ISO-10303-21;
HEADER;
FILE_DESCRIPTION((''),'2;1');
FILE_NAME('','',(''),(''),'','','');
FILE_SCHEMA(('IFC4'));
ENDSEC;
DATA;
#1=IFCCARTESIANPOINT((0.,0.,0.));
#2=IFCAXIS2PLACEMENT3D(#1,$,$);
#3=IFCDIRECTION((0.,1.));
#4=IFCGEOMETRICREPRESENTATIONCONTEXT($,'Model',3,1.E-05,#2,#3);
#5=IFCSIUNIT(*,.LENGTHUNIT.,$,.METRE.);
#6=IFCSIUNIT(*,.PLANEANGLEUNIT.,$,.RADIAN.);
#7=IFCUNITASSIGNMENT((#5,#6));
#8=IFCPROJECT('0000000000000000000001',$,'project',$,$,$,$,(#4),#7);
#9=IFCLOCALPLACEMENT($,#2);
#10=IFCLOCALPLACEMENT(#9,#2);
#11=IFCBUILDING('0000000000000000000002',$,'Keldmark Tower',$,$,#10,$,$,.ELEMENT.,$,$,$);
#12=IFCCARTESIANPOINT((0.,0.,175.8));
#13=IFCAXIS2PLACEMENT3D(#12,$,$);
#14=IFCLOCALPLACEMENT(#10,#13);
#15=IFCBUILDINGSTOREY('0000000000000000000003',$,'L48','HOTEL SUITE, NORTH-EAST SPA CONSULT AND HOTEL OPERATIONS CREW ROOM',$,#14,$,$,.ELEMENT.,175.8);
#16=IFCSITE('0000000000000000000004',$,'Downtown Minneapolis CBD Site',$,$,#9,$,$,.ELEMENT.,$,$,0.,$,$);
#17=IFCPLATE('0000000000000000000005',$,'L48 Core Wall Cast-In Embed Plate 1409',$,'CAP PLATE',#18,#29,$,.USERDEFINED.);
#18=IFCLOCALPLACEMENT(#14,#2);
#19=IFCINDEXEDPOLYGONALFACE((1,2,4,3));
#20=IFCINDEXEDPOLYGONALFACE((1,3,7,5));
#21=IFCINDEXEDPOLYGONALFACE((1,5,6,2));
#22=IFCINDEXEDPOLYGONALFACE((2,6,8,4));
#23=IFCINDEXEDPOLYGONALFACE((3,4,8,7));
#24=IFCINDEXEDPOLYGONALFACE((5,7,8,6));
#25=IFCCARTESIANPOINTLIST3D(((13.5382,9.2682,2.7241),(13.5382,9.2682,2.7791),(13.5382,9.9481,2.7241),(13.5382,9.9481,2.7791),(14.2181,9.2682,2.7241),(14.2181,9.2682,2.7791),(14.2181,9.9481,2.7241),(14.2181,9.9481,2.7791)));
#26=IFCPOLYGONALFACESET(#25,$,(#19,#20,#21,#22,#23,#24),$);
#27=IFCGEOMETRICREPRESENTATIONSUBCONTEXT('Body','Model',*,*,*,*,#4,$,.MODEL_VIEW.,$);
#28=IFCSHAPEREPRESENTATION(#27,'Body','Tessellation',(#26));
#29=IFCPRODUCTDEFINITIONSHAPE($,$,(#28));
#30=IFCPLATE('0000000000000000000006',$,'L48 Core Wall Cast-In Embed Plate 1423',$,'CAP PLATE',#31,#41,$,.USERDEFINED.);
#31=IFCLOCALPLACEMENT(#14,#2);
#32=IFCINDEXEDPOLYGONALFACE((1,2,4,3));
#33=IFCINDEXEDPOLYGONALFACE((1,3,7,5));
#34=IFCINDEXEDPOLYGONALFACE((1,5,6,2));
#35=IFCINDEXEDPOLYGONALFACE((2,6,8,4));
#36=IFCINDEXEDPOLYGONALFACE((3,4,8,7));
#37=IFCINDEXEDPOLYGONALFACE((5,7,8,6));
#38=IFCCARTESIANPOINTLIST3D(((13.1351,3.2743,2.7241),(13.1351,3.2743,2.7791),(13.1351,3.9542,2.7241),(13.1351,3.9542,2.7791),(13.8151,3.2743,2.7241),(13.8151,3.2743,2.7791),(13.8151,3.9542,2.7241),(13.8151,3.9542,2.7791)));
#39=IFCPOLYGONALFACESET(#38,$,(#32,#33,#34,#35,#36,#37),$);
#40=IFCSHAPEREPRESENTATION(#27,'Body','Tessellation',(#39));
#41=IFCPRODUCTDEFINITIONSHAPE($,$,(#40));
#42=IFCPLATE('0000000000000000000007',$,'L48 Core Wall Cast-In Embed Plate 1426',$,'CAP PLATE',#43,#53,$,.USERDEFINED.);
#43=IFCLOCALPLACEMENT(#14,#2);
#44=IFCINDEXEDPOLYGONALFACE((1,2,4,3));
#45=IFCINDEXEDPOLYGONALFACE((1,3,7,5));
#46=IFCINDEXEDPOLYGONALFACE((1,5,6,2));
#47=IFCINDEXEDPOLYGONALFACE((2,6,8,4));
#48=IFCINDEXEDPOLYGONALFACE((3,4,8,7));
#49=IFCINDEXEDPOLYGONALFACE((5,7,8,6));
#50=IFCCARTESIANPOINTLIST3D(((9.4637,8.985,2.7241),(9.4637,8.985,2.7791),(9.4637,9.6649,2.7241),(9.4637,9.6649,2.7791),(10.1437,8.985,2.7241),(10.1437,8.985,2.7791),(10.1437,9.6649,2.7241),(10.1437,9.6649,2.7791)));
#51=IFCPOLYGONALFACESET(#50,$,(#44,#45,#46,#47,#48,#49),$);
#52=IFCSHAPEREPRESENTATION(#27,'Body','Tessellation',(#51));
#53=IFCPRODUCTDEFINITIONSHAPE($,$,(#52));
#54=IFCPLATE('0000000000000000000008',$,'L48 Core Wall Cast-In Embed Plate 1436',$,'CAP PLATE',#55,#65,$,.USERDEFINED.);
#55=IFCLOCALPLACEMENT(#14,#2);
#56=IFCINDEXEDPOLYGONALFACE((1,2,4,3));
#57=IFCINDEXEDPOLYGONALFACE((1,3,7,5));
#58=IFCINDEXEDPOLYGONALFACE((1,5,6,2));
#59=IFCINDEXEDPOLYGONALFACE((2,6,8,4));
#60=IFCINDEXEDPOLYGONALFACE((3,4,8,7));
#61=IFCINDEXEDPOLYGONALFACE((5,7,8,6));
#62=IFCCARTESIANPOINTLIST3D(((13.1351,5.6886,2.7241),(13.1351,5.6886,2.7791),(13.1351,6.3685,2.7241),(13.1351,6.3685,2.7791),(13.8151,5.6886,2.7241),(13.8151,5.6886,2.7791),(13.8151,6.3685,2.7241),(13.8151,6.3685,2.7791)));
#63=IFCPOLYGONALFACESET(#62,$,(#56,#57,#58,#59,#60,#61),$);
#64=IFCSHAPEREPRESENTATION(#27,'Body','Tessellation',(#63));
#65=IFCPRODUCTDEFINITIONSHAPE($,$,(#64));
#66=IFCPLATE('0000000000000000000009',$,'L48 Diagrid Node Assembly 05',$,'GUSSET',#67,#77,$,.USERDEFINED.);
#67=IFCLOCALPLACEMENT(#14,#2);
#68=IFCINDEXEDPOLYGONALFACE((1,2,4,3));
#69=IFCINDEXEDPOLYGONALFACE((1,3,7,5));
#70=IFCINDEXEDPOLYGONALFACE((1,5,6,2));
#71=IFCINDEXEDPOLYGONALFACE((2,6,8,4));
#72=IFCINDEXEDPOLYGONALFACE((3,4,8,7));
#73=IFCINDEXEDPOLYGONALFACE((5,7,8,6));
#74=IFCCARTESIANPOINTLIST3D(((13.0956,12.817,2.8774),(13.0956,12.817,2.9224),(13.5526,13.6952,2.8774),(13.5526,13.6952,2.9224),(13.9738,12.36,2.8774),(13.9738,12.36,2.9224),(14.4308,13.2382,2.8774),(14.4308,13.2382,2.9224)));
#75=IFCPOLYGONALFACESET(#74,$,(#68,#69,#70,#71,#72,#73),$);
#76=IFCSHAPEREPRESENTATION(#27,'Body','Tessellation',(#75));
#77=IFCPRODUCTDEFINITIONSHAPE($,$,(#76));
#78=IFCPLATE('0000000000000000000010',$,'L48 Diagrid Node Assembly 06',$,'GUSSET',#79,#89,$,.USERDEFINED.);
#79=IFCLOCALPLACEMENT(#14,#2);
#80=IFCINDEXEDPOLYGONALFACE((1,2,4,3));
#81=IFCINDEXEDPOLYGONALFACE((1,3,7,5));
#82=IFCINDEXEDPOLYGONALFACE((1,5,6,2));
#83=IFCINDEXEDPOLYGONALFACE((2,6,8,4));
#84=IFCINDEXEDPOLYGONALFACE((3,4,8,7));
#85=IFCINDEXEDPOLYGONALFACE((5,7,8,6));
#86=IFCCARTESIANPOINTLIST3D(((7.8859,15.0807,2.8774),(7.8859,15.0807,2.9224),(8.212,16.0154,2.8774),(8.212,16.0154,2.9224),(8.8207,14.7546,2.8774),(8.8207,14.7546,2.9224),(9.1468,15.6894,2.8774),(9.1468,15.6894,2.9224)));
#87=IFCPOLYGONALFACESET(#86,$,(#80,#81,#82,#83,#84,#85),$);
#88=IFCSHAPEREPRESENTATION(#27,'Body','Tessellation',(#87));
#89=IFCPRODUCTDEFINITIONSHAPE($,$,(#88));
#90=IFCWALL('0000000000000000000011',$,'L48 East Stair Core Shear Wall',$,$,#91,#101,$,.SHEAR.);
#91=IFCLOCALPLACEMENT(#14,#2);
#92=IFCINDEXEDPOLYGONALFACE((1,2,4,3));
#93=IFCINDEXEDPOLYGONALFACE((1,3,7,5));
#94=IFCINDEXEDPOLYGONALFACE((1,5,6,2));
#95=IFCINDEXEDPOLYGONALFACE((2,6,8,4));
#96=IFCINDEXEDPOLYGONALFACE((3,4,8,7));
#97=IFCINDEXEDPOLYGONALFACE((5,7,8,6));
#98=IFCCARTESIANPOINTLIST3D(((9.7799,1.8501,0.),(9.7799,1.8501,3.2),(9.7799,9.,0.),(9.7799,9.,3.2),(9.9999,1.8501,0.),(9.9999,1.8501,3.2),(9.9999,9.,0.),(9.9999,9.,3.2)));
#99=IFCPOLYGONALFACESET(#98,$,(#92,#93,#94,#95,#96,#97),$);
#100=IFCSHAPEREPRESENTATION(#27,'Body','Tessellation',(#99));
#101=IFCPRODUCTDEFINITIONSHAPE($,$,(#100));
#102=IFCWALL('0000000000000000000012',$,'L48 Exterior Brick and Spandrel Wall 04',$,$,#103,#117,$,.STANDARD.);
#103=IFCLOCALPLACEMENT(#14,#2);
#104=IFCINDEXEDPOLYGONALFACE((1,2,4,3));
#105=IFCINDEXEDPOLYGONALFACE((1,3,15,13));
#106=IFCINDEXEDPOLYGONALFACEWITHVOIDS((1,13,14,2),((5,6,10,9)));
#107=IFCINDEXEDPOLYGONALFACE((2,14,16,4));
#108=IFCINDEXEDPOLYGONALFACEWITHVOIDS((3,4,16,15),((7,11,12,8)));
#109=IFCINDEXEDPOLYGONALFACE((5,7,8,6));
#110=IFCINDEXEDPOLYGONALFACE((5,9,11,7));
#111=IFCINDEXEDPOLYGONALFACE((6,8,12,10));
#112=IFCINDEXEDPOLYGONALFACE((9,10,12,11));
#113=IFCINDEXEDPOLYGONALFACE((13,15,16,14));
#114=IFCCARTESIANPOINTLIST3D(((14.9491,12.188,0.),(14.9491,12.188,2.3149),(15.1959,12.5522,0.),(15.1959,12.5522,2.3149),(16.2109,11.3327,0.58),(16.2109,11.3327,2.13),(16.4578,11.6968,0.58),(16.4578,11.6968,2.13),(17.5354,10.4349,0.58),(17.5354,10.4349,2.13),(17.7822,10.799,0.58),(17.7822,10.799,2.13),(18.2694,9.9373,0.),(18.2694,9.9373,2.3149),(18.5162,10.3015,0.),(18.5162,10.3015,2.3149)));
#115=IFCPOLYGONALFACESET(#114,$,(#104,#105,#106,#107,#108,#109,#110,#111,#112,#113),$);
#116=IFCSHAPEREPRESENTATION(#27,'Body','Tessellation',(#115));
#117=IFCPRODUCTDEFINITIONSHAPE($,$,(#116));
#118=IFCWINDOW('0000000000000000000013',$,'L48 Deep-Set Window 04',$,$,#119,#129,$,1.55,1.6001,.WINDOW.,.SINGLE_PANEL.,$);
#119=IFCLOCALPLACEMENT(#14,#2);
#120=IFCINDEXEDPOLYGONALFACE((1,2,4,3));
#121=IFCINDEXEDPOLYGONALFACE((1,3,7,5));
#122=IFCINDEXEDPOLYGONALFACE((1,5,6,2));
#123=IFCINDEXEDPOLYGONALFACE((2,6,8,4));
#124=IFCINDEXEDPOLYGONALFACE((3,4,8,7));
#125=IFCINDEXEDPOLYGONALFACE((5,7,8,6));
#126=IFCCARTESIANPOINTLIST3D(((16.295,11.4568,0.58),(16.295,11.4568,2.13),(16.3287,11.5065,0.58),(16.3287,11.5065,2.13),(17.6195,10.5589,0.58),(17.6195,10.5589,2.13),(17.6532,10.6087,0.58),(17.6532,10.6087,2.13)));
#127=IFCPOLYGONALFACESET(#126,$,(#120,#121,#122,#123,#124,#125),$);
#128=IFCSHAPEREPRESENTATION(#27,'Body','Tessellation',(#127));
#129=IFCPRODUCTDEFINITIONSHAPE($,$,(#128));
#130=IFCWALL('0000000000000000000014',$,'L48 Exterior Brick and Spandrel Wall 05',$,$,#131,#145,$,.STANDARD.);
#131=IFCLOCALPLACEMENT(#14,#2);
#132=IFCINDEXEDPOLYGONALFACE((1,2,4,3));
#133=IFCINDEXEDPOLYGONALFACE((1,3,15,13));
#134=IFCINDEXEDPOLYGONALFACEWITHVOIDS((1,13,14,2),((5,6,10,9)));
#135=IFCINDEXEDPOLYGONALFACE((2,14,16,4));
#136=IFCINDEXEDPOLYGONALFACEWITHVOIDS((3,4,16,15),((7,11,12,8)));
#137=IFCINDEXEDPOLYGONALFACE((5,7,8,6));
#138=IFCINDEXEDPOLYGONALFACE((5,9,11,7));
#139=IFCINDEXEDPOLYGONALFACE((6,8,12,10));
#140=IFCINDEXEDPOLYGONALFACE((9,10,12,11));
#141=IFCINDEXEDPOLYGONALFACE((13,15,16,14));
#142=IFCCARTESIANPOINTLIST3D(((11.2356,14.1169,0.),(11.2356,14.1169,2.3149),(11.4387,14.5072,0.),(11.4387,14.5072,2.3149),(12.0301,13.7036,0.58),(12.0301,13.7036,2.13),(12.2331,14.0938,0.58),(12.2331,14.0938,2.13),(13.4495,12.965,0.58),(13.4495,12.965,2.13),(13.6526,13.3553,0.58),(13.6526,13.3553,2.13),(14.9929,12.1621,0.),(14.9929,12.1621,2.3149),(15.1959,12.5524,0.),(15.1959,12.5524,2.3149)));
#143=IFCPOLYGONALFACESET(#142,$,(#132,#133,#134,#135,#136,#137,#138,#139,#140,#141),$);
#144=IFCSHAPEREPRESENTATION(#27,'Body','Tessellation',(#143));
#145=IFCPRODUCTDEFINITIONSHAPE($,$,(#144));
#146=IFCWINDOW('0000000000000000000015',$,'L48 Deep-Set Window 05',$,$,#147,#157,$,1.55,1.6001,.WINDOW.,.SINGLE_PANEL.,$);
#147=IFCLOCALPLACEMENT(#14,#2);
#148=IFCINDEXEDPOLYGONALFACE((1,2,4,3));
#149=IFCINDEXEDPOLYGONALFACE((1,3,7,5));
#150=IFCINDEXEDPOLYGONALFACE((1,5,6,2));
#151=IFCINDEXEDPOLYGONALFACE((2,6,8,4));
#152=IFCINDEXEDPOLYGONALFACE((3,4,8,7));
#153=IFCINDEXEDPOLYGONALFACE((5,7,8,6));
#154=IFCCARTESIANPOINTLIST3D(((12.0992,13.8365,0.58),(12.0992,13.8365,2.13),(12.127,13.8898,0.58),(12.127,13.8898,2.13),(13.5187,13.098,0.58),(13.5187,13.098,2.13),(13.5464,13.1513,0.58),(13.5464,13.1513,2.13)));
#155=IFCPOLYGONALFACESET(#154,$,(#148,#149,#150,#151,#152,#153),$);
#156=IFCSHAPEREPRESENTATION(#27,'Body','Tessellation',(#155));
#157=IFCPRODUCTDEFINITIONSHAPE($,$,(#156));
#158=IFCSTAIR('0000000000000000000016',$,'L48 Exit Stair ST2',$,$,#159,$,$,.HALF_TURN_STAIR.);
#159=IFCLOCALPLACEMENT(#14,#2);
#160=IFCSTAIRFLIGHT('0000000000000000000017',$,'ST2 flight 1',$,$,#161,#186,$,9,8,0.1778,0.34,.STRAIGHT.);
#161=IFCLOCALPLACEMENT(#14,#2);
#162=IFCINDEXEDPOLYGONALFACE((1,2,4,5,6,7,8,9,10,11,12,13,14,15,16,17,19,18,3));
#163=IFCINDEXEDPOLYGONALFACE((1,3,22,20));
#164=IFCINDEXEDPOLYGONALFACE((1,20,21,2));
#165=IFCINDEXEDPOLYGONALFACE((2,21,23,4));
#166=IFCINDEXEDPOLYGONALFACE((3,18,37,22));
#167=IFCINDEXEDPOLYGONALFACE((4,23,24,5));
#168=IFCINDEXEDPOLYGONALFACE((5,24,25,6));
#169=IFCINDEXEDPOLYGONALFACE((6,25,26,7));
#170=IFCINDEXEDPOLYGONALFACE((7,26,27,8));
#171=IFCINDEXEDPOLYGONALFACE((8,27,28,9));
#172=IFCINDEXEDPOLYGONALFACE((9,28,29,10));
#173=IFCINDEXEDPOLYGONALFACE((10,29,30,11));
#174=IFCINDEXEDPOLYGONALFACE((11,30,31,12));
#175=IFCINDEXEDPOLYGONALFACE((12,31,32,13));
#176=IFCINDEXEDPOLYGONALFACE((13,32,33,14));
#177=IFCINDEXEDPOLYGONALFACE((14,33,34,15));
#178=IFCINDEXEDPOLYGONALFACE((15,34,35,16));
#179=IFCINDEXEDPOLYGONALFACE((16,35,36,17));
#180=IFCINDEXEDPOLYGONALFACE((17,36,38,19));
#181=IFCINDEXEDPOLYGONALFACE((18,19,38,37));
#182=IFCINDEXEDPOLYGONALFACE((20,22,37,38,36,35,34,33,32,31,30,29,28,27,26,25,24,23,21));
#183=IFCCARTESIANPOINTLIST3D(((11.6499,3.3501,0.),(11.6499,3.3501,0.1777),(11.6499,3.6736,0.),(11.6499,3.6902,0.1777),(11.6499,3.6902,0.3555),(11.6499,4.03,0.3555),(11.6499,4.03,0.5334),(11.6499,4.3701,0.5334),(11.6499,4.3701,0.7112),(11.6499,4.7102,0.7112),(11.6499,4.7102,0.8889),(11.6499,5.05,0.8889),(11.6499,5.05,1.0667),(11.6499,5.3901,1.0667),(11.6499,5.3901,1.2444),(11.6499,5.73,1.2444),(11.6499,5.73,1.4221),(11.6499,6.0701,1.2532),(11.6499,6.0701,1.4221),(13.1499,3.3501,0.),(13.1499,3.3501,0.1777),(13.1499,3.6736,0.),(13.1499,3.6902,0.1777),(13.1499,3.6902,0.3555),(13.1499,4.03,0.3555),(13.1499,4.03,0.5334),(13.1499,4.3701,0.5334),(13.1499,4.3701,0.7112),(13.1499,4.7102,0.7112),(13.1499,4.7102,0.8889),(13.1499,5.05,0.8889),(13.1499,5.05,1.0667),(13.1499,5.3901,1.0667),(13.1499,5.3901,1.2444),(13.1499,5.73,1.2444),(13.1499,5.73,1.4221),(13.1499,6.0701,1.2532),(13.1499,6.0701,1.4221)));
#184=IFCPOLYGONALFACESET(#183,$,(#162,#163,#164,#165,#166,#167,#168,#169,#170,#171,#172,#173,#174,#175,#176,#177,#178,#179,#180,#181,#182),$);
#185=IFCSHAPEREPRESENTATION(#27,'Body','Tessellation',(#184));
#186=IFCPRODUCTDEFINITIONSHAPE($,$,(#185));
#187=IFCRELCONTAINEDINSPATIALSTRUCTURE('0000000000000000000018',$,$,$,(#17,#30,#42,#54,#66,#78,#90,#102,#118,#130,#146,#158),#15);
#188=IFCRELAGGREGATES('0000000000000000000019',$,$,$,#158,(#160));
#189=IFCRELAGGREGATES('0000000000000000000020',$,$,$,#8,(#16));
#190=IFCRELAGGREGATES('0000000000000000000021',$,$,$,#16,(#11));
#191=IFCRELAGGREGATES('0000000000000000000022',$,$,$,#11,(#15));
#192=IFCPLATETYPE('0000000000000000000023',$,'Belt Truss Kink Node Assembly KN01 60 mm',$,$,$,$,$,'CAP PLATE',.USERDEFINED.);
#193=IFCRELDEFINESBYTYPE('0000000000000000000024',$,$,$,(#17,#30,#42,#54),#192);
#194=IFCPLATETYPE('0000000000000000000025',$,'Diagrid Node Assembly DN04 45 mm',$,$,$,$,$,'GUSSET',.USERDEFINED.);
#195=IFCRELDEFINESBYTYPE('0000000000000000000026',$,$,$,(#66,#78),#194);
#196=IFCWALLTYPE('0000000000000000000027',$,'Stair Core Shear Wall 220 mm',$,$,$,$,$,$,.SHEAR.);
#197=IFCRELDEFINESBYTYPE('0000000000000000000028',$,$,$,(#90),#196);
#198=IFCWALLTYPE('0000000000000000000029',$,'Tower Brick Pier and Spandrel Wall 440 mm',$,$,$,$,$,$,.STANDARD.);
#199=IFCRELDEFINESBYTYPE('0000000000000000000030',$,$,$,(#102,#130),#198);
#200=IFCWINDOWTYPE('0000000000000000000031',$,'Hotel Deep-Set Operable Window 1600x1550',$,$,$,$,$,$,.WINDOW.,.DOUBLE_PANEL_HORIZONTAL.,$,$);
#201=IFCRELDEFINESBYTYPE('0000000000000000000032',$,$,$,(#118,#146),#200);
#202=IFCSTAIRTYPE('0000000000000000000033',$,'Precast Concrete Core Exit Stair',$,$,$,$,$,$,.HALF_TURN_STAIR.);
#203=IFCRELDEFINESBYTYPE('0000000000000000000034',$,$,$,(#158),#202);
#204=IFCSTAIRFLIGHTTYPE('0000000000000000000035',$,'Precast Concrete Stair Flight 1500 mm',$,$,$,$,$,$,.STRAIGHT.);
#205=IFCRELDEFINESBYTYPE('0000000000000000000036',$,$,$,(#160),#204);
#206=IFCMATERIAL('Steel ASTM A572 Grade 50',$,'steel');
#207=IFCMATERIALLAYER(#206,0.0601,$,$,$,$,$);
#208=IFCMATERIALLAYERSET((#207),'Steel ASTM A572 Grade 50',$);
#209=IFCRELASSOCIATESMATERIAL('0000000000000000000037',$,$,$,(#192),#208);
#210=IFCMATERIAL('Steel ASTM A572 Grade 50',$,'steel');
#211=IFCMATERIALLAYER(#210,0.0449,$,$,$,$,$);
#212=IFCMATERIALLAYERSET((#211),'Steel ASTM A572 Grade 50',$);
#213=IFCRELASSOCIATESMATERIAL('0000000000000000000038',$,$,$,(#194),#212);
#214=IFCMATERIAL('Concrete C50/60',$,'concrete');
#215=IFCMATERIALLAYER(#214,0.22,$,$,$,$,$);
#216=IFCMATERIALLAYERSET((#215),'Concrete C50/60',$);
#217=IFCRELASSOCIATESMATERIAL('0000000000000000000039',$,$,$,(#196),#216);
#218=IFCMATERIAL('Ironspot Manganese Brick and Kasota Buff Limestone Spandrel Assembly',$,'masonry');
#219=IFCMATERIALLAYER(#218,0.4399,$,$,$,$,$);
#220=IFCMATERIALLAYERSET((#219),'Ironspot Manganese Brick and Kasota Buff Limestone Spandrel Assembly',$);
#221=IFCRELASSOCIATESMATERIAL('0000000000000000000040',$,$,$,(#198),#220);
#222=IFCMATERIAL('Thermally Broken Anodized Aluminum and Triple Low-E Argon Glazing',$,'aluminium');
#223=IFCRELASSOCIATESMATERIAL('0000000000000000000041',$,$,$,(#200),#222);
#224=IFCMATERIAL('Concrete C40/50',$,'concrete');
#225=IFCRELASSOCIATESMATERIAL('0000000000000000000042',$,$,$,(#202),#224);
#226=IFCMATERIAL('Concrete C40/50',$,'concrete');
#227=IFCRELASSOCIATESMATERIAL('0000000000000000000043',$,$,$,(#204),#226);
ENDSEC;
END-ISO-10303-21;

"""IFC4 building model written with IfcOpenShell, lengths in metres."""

from ifc_helpers import new_model, si_unit, direction, frame, frame_2d, origin, origin_2d, place, context, subcontext, project, spatial, polyline, rectangle, outline, extrude, material, layer, layer_set, type_object, element, fill, aggregate, save


model = new_model("IFC4")

# Units and contexts
model_context = context("Model", 3, precision=1e-05, world=origin(), true_north=direction((0.0, 1.0)))
body_context = subcontext(model_context, "Body", "Model", "MODEL_VIEW")
ifc_project = project(units=[si_unit("LENGTHUNIT", "METRE"), si_unit("PLANEANGLEUNIT", "RADIAN")], contexts=[model_context])

# Site, building, storey
site_placement = place(None, origin())
site = spatial("IfcSite", under=ifc_project, at=site_placement, Name="Downtown Minneapolis CBD Site", CompositionType="ELEMENT", RefElevation=0.0)
building_placement = place(site_placement, origin())
building = spatial("IfcBuilding", under=site, at=building_placement, Name="Keldmark Tower", CompositionType="ELEMENT")
storey_placement = place(building_placement, frame((0.0, 0.0, 175.8)))
storey = spatial("IfcBuildingStorey", under=building, at=storey_placement, Name="L48", Description="HOTEL SUITE, NORTH-EAST SPA CONSULT AND HOTEL OPERATIONS CREW ROOM", CompositionType="ELEMENT", Elevation=175.8)

# Plates
ifc_material_1 = material(Name="Steel ASTM A572 Grade 50", Category="steel")
ifc_layer_1 = layer(ifc_material_1, 0.0601)
ifc_layer_set_1 = layer_set([ifc_layer_1], Name="Steel ASTM A572 Grade 50")
plate_type_1 = type_object("IfcPlateType", Name="Belt Truss Kink Node Assembly KN01 60 mm", ElementType="CAP PLATE", PredefinedType="USERDEFINED", material=ifc_layer_set_1)
for number, where, z_axis, x_axis, name in (
    (1, (13.8782, 9.6082, 2.7241), (0.0, 0.0, 1.0), (1.0, 0.0, 0.0), "L48 Core Wall Cast-In Embed Plate 1409"),
    (2, (13.4751, 3.6143, 2.7241), (0.0, 0.0, 1.0), (1.0, 0.0, 0.0), "L48 Core Wall Cast-In Embed Plate 1423"),
    (3, (9.8037, 9.325, 2.7241), (0.0, 0.0, 1.0), (1.0, 0.0, 0.0), "L48 Core Wall Cast-In Embed Plate 1426"),
    (4, (13.4751, 6.0286, 2.7241), (0.0, 0.0, 1.0), (1.0, 0.0, 0.0), "L48 Core Wall Cast-In Embed Plate 1436"),
):
    element("IfcPlate", number, at=place(storey_placement, frame(where, z_axis=z_axis, x_axis=x_axis)), inside=storey, type_object=plate_type_1, Name=name, ObjectType="CAP PLATE", PredefinedType="USERDEFINED", context=body_context, shape_type="SweptSolid", body=[
        extrude(rectangle(XDim=0.6799, YDim=0.6799, at=origin_2d()), origin(), (0.0, 0.0, 1.0), 0.0549),
    ])
ifc_material_2 = material(Name="Steel ASTM A572 Grade 50", Category="steel")
ifc_layer_2 = layer(ifc_material_2, 0.0449)
ifc_layer_set_2 = layer_set([ifc_layer_2], Name="Steel ASTM A572 Grade 50")
plate_type_2 = type_object("IfcPlateType", Name="Diagrid Node Assembly DN04 45 mm", ElementType="GUSSET", PredefinedType="USERDEFINED", material=ifc_layer_set_2)
for number, where, z_axis, x_axis, name in (
    (5, (13.7632, 13.0276, 2.8774), (0.0, 0.0, 1.0), (-0.887091, 0.461594, 0.0), "L48 Diagrid Node Assembly 05"),
    (6, (8.5164, 15.385, 2.8774), (0.0, 0.0, 1.0), (-0.944204, 0.329361, 0.0), "L48 Diagrid Node Assembly 06"),
):
    element("IfcPlate", number, at=place(storey_placement, frame(where, z_axis=z_axis, x_axis=x_axis)), inside=storey, type_object=plate_type_2, Name=name, ObjectType="GUSSET", PredefinedType="USERDEFINED", context=body_context, shape_type="SweptSolid", body=[
        extrude(rectangle(XDim=0.99, YDim=0.99, at=origin_2d()), origin(), (0.0, 0.0, 1.0), 0.0449),
    ])

# Wall
ifc_material_3 = material(Name="Concrete C50/60", Category="concrete")
ifc_layer_3 = layer(ifc_material_3, 0.22)
ifc_layer_set_3 = layer_set([ifc_layer_3], Name="Concrete C50/60")
wall_type_1 = type_object("IfcWallType", Name="Stair Core Shear Wall 220 mm", PredefinedType="SHEAR", material=ifc_layer_set_3)
wall_1_placement = place(storey_placement, frame((9.8899, 1.8501, 0.0), z_axis=(0.0, 0.0, 1.0), x_axis=(0.0, 1.0, 0.0)))
element("IfcWall", 7, at=wall_1_placement, inside=storey, type_object=wall_type_1, Name="L48 East Stair Core Shear Wall", PredefinedType="SHEAR", context=body_context, shape_type="SweptSolid", body=[
    extrude(rectangle(XDim=7.1499, YDim=0.22, at=frame_2d((3.575, 0.0))), origin(), (0.0, 0.0, 1.0), 3.2),
])

# Walls, openings, windows
ifc_material_4 = material(Name="Ironspot Manganese Brick and Kasota Buff Limestone Spandrel Assembly", Category="masonry")
ifc_layer_4 = layer(ifc_material_4, 0.4399)
ifc_layer_set_4 = layer_set([ifc_layer_4], Name="Ironspot Manganese Brick and Kasota Buff Limestone Spandrel Assembly")
wall_type_2 = type_object("IfcWallType", Name="Tower Brick Pier and Spandrel Wall 440 mm", PredefinedType="STANDARD", material=ifc_layer_set_4)
wall_2_placement = place(storey_placement, frame((15.0725, 12.3701, 0.0), z_axis=(0.0, 0.0, 1.0), x_axis=(0.827746, -0.561102, 0.0)))
wall_2 = element("IfcWall", 8, at=wall_2_placement, inside=storey, type_object=wall_type_2, Name="L48 Exterior Brick and Spandrel Wall 04", PredefinedType="STANDARD", context=body_context, shape_type="SweptSolid", body=[
    extrude(rectangle(XDim=4.0112, YDim=0.4399, at=frame_2d((2.0056, 0.0))), origin(), (0.0, 0.0, 1.0), 2.3149),
])
opening_1_placement = place(wall_2_placement, frame((1.5244, 0.0, 0.5801)))
opening_1 = element("IfcOpeningElement", 9, at=opening_1_placement, cuts=wall_2, PredefinedType="OPENING", context=body_context, shape_type="SweptSolid", body=[
    extrude(rectangle(XDim=1.6001, YDim=1.55, at=frame_2d((0.8, 0.7749))), frame((0.0, 0.23, 0.0), z_axis=(0.0, -1.0, 0.0), x_axis=(1.0, 0.0, 0.0)), (0.0, 0.0, 1.0), 0.46),
])
ifc_material_5 = material(Name="Thermally Broken Anodized Aluminum and Triple Low-E Argon Glazing", Category="aluminium")
window_type = type_object("IfcWindowType", Name="Hotel Deep-Set Operable Window 1600x1550", PartitioningType="DOUBLE_PANEL_HORIZONTAL", PredefinedType="WINDOW", material=ifc_material_5)
window_1_placement = place(opening_1_placement, origin())
window_1 = element("IfcWindow", 10, at=window_1_placement, inside=storey, type_object=window_type, Name="L48 Deep-Set Window 04", OverallHeight=1.55, OverallWidth=1.6001, PartitioningType="SINGLE_PANEL", PredefinedType="WINDOW", context=body_context, shape_type="SweptSolid", body=[
    extrude(rectangle(XDim=1.6001, YDim=1.55, at=frame_2d((0.8, 0.7749))), frame((0.0, -0.01, 0.0), z_axis=(0.0, -1.0, 0.0), x_axis=(1.0, 0.0, 0.0)), (0.0, 0.0, 1.0), 0.0601),
])
fill(opening_1, window_1)
wall_3_placement = place(storey_placement, frame((11.3372, 14.312, 0.0), z_axis=(0.0, 0.0, 1.0), x_axis=(0.887118, -0.461543, 0.0)))
wall_3 = element("IfcWall", 11, at=wall_3_placement, inside=storey, type_object=wall_type_2, Name="L48 Exterior Brick and Spandrel Wall 05", PredefinedType="STANDARD", context=body_context, shape_type="SweptSolid", body=[
    extrude(rectangle(XDim=4.2354, YDim=0.4399, at=frame_2d((2.1177, 0.0))), origin(), (0.0, 0.0, 1.0), 2.3149),
])
opening_2_placement = place(wall_3_placement, frame((0.8955, 0.0, 0.5801)))
opening_2 = element("IfcOpeningElement", 12, at=opening_2_placement, cuts=wall_3, PredefinedType="OPENING", context=body_context, shape_type="SweptSolid", body=[
    extrude(rectangle(XDim=1.6001, YDim=1.55, at=frame_2d((0.8, 0.7749))), frame((0.0, 0.23, 0.0), z_axis=(0.0, -1.0, 0.0), x_axis=(1.0, 0.0, 0.0)), (0.0, 0.0, 1.0), 0.46),
])
window_2_placement = place(opening_2_placement, origin())
window_2 = element("IfcWindow", 13, at=window_2_placement, inside=storey, type_object=window_type, Name="L48 Deep-Set Window 05", OverallHeight=1.55, OverallWidth=1.6001, PartitioningType="SINGLE_PANEL", PredefinedType="WINDOW", context=body_context, shape_type="SweptSolid", body=[
    extrude(rectangle(XDim=1.6001, YDim=1.55, at=frame_2d((0.8, 0.7749))), frame((0.0, -0.01, 0.0), z_axis=(0.0, -1.0, 0.0), x_axis=(1.0, 0.0, 0.0)), (0.0, 0.0, 1.0), 0.0601),
])
fill(opening_2, window_2)

# Stair, stair flight
ifc_material_6 = material(Name="Concrete C40/50", Category="concrete")
stair_type = type_object("IfcStairType", Name="Precast Concrete Core Exit Stair", PredefinedType="HALF_TURN_STAIR", material=ifc_material_6)
stair_placement = place(storey_placement, origin())
stair = element("IfcStair", 14, at=stair_placement, inside=storey, type_object=stair_type, Name="L48 Exit Stair ST2", PredefinedType="HALF_TURN_STAIR")
ifc_material_7 = material(Name="Concrete C40/50", Category="concrete")
stair_flight_type = type_object("IfcStairFlightType", Name="Precast Concrete Stair Flight 1500 mm", PredefinedType="STRAIGHT", material=ifc_material_7)
stair_flight_1_placement = place(storey_placement, frame((12.3999, 3.3501, 0.0), z_axis=(0.0, 0.0, 1.0), x_axis=(0.0, 1.0, 0.0)))
stair_flight_1 = element("IfcStairFlight", 15, at=stair_flight_1_placement, type_object=stair_flight_type, Name="ST2 flight 1", NumberOfRisers=9, NumberOfTreads=8, PredefinedType="STRAIGHT", RiserHeight=0.1778, TreadLength=0.34, context=body_context, shape_type="SweptSolid", body=[
    extrude(outline(polyline([(0.0, 0.0), (0.0, 0.1777), (0.3401, 0.1777), (0.3401, 0.3555), (0.6799, 0.3555), (0.6799, 0.5334), (1.02, 0.5334), (1.02, 0.7112), (1.3601, 0.7112), (1.3601, 0.8889), (1.7, 0.8889), (1.7, 1.0667), (2.04, 1.0667), (2.04, 1.2444), (2.3799, 1.2444), (2.3799, 1.4221), (2.72, 1.4221), (2.72, 1.6001), (2.72, 1.2532), (0.3235, 0.0), (0.0, 0.0)])), frame((0.0, 0.75, 0.0), z_axis=(0.0, -1.0, 0.0), x_axis=(1.0, 0.0, 0.0)), (0.0, 0.0, 1.0), 1.5),
])
aggregate(stair, [stair_flight_1])

save(model, "model.ifc")
